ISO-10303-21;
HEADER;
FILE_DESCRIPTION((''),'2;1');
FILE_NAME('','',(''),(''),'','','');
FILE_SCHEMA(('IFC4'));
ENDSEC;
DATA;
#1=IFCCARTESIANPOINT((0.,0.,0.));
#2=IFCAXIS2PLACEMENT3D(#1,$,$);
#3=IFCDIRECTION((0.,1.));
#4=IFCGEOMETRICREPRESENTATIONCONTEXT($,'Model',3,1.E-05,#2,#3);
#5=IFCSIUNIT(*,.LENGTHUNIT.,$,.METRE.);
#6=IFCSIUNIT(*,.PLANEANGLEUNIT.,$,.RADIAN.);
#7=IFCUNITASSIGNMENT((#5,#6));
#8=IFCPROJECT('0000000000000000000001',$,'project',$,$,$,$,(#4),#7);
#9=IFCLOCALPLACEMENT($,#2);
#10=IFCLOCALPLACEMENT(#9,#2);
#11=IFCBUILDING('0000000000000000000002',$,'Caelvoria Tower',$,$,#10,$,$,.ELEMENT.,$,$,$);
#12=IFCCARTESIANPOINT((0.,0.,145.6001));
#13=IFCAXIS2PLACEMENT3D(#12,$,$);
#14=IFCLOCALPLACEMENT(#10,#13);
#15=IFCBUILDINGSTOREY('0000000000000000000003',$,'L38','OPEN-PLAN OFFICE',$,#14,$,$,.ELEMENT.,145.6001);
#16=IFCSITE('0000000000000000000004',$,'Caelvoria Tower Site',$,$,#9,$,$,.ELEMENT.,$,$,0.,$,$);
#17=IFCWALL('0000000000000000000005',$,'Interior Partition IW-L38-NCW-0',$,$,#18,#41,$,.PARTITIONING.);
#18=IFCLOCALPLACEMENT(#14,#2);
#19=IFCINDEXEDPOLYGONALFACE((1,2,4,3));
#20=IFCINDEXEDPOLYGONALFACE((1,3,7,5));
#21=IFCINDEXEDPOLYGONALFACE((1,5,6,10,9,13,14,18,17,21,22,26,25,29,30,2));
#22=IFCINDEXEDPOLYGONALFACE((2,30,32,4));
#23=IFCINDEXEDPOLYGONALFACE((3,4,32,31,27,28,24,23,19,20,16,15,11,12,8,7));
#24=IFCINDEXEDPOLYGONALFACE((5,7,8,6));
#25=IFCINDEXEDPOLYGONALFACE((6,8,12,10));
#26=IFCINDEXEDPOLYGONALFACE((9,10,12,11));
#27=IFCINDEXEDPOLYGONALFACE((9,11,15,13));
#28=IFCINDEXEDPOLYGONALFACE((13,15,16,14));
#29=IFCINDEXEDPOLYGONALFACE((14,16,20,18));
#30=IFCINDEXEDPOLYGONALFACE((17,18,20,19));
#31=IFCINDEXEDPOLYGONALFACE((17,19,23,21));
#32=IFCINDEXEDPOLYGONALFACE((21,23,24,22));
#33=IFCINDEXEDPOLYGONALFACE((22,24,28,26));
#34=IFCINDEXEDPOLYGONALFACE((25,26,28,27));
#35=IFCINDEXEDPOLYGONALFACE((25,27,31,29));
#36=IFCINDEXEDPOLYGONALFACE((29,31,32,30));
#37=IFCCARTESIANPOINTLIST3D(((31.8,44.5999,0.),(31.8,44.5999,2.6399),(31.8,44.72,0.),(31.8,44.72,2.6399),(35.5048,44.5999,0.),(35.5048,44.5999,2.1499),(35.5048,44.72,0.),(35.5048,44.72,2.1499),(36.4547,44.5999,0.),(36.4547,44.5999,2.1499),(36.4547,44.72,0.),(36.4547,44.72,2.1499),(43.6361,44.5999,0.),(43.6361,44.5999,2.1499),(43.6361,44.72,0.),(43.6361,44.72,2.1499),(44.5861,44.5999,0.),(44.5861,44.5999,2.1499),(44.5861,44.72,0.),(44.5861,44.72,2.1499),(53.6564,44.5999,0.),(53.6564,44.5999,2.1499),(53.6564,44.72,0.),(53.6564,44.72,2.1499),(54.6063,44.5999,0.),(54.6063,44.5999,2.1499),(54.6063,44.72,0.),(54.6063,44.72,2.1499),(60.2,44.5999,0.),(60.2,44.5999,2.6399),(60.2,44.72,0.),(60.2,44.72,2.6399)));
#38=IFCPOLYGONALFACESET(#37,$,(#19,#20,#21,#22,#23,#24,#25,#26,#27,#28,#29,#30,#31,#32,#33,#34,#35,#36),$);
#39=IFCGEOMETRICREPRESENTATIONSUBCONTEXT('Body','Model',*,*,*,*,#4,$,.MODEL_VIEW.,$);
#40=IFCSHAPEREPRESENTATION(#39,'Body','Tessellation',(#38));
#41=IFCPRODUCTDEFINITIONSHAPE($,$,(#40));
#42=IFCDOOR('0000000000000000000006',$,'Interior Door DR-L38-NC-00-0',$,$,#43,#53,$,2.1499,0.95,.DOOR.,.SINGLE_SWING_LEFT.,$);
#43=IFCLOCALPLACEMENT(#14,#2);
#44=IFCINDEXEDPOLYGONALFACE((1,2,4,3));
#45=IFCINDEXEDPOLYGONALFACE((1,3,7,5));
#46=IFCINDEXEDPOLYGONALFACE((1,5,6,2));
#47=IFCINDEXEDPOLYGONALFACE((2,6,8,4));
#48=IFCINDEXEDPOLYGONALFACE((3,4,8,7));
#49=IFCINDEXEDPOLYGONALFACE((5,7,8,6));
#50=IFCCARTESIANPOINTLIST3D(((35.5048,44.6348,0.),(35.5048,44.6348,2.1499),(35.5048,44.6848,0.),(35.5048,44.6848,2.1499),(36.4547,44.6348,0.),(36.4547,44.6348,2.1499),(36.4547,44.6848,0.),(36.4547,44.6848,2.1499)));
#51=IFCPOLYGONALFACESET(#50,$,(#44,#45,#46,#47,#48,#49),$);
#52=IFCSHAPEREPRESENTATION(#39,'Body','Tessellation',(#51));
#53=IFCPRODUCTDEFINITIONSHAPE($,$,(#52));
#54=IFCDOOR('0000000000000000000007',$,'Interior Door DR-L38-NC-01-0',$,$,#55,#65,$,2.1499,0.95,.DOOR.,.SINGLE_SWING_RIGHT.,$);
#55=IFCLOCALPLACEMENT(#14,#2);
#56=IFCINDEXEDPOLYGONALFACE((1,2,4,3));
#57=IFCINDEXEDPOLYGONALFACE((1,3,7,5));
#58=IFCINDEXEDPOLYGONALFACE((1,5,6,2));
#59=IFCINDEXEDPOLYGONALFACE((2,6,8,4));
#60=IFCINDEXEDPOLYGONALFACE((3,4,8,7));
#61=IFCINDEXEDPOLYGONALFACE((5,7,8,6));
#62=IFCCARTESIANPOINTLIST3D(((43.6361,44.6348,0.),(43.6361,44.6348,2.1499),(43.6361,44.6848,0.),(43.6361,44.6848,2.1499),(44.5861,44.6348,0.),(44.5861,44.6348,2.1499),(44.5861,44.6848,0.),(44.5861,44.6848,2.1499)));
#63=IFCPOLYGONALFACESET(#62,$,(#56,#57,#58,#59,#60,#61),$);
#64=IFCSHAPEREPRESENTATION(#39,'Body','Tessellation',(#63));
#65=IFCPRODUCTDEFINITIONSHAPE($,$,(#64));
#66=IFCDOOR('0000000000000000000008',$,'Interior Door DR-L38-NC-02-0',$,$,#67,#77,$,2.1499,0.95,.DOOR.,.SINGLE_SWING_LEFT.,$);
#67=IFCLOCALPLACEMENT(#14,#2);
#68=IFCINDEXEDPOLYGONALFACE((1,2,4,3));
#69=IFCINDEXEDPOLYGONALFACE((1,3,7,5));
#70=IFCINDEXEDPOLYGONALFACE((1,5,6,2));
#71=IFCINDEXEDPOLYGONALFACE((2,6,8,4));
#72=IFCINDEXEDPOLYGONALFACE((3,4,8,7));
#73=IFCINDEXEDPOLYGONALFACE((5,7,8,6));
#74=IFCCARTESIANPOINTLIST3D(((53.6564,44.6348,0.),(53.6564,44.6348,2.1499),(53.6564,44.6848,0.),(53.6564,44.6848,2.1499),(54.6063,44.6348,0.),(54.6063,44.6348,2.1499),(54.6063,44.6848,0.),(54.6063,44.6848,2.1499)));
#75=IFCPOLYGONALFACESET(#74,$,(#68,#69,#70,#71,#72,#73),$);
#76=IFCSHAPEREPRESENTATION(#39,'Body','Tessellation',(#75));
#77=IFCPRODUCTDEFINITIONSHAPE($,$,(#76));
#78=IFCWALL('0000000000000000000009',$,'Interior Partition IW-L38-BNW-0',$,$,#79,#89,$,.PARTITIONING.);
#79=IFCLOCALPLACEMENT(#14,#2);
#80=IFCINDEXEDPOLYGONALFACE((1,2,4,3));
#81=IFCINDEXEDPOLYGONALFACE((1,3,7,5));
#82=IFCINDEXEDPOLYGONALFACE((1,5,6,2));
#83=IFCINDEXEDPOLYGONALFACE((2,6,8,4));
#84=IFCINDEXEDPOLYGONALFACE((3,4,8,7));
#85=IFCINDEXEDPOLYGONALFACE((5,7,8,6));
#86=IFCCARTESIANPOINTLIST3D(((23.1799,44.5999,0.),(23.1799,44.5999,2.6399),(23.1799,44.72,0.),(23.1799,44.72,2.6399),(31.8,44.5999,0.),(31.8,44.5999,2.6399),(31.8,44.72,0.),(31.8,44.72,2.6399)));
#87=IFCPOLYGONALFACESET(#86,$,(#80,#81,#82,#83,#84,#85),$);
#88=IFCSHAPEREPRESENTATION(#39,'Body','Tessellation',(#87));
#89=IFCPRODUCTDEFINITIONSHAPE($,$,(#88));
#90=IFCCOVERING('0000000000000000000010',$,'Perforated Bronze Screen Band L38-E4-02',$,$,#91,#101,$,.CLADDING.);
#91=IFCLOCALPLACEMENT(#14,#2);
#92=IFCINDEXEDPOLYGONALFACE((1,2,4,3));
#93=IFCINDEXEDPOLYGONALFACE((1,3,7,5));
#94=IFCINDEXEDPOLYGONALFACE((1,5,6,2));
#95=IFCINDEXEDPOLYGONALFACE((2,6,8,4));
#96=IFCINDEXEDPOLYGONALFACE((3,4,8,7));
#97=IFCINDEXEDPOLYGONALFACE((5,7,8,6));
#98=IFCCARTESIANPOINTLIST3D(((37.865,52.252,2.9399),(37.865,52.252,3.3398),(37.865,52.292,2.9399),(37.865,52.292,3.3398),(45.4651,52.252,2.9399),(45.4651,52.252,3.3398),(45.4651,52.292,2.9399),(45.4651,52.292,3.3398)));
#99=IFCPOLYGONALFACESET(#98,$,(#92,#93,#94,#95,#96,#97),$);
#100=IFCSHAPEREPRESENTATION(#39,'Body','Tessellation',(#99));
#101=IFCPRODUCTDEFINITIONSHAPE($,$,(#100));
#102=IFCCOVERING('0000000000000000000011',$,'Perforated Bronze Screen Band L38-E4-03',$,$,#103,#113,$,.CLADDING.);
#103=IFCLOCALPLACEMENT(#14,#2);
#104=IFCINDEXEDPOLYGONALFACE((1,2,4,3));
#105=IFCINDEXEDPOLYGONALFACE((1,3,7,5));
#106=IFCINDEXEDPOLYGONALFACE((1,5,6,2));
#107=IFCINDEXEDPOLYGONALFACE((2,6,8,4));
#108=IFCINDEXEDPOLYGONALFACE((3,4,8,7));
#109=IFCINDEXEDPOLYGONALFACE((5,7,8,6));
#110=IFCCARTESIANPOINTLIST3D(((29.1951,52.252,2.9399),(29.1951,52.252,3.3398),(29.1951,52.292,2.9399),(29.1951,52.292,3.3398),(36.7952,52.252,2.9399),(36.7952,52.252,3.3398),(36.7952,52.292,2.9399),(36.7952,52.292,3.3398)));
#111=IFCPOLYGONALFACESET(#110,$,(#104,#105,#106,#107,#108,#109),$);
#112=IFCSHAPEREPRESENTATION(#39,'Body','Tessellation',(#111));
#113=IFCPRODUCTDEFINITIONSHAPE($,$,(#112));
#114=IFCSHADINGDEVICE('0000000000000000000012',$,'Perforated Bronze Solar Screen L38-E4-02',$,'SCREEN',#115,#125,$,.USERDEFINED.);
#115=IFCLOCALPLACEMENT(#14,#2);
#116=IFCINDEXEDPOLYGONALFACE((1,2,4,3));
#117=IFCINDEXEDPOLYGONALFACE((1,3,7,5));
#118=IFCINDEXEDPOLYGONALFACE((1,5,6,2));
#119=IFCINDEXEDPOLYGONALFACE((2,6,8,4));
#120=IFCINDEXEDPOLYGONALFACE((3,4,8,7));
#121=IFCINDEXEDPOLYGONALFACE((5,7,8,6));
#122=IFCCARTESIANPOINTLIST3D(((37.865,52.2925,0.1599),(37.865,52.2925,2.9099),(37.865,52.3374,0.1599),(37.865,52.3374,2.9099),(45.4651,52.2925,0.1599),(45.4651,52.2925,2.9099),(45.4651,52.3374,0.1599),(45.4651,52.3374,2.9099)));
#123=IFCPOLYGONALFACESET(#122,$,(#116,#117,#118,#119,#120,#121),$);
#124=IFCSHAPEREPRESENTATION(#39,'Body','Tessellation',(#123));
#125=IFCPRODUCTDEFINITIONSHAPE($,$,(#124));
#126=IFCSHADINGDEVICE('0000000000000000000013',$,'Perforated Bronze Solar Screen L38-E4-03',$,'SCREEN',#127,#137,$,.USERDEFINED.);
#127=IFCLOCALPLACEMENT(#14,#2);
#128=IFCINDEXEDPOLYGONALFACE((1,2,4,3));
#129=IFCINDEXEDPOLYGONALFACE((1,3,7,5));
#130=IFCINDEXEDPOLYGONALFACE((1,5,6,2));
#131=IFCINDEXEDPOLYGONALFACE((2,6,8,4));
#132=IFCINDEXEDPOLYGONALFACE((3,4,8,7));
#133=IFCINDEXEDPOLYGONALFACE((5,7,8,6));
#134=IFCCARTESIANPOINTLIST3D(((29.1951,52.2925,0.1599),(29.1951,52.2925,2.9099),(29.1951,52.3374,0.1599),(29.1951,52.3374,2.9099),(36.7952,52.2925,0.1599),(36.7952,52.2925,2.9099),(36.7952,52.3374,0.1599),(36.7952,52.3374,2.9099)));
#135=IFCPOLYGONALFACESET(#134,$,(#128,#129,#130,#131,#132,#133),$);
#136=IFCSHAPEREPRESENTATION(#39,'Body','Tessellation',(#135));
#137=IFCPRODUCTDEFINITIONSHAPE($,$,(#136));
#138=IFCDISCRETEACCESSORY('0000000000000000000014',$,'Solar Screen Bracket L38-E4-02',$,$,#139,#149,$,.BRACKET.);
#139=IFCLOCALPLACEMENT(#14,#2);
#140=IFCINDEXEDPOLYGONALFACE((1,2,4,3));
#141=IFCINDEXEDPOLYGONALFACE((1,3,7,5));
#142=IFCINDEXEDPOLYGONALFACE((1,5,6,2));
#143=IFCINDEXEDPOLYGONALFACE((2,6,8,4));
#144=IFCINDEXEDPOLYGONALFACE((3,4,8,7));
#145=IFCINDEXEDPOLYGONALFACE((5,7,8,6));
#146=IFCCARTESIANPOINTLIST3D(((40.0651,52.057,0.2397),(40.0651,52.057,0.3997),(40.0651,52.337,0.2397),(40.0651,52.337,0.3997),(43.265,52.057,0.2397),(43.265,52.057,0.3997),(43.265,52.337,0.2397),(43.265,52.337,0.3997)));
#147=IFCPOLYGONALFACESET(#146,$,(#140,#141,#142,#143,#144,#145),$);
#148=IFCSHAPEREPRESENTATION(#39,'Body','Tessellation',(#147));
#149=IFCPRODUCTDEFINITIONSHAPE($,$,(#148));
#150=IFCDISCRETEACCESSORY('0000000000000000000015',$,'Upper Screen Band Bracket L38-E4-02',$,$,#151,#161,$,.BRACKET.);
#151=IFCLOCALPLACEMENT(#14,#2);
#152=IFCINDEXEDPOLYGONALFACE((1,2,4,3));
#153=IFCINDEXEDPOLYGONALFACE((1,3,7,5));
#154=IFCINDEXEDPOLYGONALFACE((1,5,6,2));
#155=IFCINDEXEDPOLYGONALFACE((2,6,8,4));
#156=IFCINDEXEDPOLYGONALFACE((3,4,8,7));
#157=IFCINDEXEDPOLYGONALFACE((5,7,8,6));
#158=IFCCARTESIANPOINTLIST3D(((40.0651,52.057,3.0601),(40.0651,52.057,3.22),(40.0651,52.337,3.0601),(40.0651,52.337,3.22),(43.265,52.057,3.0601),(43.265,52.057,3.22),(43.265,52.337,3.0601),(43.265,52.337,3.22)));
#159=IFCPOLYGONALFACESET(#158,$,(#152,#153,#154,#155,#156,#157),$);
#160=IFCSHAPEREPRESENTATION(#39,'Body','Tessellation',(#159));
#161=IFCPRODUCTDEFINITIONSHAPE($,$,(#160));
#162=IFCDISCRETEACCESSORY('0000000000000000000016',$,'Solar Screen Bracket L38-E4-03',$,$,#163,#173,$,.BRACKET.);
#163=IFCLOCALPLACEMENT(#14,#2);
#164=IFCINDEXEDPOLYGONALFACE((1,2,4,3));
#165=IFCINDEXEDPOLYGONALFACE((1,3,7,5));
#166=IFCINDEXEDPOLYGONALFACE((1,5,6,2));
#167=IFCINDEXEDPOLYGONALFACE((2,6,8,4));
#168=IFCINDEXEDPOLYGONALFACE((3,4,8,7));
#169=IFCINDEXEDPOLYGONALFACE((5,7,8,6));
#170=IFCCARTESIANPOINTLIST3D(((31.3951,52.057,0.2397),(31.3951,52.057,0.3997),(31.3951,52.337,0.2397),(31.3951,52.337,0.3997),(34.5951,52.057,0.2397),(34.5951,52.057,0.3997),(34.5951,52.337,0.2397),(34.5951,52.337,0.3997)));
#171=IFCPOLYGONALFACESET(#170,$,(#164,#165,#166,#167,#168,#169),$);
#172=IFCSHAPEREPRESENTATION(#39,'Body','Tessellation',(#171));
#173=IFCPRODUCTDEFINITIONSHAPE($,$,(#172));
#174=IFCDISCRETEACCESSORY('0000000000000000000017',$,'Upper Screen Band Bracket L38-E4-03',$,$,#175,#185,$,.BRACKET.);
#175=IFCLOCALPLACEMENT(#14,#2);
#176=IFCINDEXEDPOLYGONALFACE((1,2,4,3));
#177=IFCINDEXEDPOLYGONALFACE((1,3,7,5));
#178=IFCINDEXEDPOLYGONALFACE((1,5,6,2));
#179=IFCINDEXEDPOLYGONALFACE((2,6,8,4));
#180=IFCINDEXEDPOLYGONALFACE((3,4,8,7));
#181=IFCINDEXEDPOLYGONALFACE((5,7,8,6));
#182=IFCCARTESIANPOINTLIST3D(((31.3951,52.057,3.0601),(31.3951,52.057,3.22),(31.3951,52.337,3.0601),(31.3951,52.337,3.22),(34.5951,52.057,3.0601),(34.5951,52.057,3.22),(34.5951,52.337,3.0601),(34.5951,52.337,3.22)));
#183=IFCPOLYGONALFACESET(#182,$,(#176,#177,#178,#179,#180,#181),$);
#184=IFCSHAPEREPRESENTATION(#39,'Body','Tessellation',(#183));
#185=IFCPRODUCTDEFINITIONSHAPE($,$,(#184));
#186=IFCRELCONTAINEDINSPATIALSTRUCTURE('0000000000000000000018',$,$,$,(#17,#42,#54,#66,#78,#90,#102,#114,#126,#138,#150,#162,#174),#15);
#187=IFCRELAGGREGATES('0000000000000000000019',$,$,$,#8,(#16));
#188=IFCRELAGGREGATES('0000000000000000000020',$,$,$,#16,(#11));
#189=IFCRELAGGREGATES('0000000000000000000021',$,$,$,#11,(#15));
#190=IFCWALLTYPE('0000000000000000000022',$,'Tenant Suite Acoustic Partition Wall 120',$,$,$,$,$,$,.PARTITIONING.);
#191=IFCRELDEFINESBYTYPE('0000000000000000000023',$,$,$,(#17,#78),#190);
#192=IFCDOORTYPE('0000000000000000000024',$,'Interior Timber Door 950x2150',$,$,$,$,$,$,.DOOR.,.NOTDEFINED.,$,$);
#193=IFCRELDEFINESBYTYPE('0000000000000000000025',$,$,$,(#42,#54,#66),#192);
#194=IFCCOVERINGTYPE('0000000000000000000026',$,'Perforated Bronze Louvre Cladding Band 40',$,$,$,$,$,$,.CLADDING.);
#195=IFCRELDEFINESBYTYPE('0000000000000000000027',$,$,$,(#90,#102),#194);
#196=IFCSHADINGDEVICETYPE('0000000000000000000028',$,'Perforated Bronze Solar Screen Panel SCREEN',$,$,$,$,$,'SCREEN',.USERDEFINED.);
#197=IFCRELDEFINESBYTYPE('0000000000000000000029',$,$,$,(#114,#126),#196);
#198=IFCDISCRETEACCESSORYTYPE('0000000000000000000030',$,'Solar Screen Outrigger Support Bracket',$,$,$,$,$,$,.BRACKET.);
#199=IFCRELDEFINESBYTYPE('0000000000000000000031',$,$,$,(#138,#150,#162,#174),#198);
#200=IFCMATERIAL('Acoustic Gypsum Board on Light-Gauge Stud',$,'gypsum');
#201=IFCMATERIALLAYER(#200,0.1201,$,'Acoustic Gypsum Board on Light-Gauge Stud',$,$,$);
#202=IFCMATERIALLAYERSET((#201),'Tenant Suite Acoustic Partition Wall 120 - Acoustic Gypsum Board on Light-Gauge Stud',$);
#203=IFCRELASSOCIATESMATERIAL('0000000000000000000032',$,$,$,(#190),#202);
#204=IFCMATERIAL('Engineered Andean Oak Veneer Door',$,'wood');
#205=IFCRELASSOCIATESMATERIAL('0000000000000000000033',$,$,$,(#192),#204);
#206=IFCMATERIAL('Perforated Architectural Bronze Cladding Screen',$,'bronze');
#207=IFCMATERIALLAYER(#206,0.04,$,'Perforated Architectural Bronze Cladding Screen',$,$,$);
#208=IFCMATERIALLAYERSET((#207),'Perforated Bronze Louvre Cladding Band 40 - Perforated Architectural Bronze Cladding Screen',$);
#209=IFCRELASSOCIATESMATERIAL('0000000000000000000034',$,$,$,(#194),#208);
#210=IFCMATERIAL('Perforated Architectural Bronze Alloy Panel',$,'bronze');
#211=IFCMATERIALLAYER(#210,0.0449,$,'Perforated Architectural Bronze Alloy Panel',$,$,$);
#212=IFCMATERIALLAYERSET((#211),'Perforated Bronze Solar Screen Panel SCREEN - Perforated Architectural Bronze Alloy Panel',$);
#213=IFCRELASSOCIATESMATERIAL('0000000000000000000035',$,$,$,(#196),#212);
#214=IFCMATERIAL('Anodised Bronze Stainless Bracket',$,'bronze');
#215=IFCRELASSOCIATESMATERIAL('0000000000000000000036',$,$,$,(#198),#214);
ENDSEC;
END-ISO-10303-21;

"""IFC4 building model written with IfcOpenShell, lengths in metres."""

from ifc_helpers import new_model, si_unit, direction, frame, frame_2d, origin, origin_2d, place, context, subcontext, project, spatial, rectangle, extrude, material, layer, layer_set, type_object, element, fill, save


model = new_model("IFC4")

# Units and contexts
model_context = context("Model", 3, precision=1e-05, world=origin(), true_north=direction((0.0, 1.0)))
body_context = subcontext(model_context, "Body", "Model", "MODEL_VIEW")
ifc_project = project(units=[si_unit("LENGTHUNIT", "METRE"), si_unit("PLANEANGLEUNIT", "RADIAN")], contexts=[model_context])

# Site, building, storey
site_placement = place(None, origin())
site = spatial("IfcSite", under=ifc_project, at=site_placement, Name="Caelvoria Tower Site", CompositionType="ELEMENT", RefElevation=0.0)
building_placement = place(site_placement, origin())
building = spatial("IfcBuilding", under=site, at=building_placement, Name="Caelvoria Tower", CompositionType="ELEMENT")
storey_placement = place(building_placement, frame((0.0, 0.0, 145.6001)))
storey = spatial("IfcBuildingStorey", under=building, at=storey_placement, Name="L38", Description="OPEN-PLAN OFFICE", CompositionType="ELEMENT", Elevation=145.6001)

# Shared definitions
ifc_material_1 = material(Name="Acoustic Gypsum Board on Light-Gauge Stud", Category="gypsum")
ifc_layer_1 = layer(ifc_material_1, 0.1201, Name="Acoustic Gypsum Board on Light-Gauge Stud")
ifc_layer_set_1 = layer_set([ifc_layer_1], Name="Tenant Suite Acoustic Partition Wall 120 - Acoustic Gypsum Board on Light-Gauge Stud")
wall_type = type_object("IfcWallType", Name="Tenant Suite Acoustic Partition Wall 120", PredefinedType="PARTITIONING", material=ifc_layer_set_1)
ifc_material_2 = material(Name="Engineered Andean Oak Veneer Door", Category="wood")

# Wall, openings, doors
wall_1_placement = place(storey_placement, frame((31.8, 44.6599, 0.0), z_axis=(0.0, 0.0, 1.0), x_axis=(1.0, 0.0, 0.0)))
wall_1 = element("IfcWall", 1, at=wall_1_placement, inside=storey, type_object=wall_type, Name="Interior Partition IW-L38-NCW-0", PredefinedType="PARTITIONING", context=body_context, shape_type="SweptSolid", body=[
    extrude(rectangle(XDim=28.3999, YDim=0.1201, at=frame_2d((14.2, 0.0))), origin(), (0.0, 0.0, 1.0), 2.6399),
])
opening_1_placement = place(wall_1_placement, frame((3.7046, 0.0, 0.0)))
opening_1 = element("IfcOpeningElement", 2, at=opening_1_placement, cuts=wall_1, PredefinedType="OPENING", context=body_context, shape_type="SweptSolid", body=[
    extrude(rectangle(XDim=0.95, YDim=2.1499, at=frame_2d((0.4751, 1.075))), frame((0.0, 0.0701, 0.0), z_axis=(0.0, -1.0, 0.0), x_axis=(1.0, 0.0, 0.0)), (0.0, 0.0, 1.0), 0.1401),
])
opening_2_placement = place(wall_1_placement, frame((11.8359, 0.0, 0.0)))
opening_2 = element("IfcOpeningElement", 3, at=opening_2_placement, cuts=wall_1, PredefinedType="OPENING", context=body_context, shape_type="SweptSolid", body=[
    extrude(rectangle(XDim=0.95, YDim=2.1499, at=frame_2d((0.4751, 1.075))), frame((0.0, 0.0701, 0.0), z_axis=(0.0, -1.0, 0.0), x_axis=(1.0, 0.0, 0.0)), (0.0, 0.0, 1.0), 0.1401),
])
opening_3_placement = place(wall_1_placement, frame((21.8562, 0.0, 0.0)))
opening_3 = element("IfcOpeningElement", 4, at=opening_3_placement, cuts=wall_1, PredefinedType="OPENING", context=body_context, shape_type="SweptSolid", body=[
    extrude(rectangle(XDim=0.95, YDim=2.1499, at=frame_2d((0.4751, 1.075))), frame((0.0, 0.0701, 0.0), z_axis=(0.0, -1.0, 0.0), x_axis=(1.0, 0.0, 0.0)), (0.0, 0.0, 1.0), 0.1401),
])
door_type_1 = type_object("IfcDoorType", Name="Interior Timber Door 950x2150", OperationType="NOTDEFINED", PredefinedType="DOOR", material=ifc_material_2)
door_1_placement = place(opening_1_placement, origin())
door_1 = element("IfcDoor", 5, at=door_1_placement, inside=storey, type_object=door_type_1, Name="Interior Door DR-L38-NC-00-0", OperationType="SINGLE_SWING_LEFT", OverallHeight=2.1499, OverallWidth=0.95, PredefinedType="DOOR", context=body_context, shape_type="SweptSolid", body=[
    extrude(rectangle(XDim=0.95, YDim=2.1499, at=frame_2d((0.4751, 1.075))), frame((0.0, 0.0249, 0.0), z_axis=(0.0, -1.0, 0.0), x_axis=(1.0, 0.0, 0.0)), (0.0, 0.0, 1.0), 0.05),
])
fill(opening_1, door_1)
door_2_placement = place(opening_2_placement, origin())
door_2 = element("IfcDoor", 6, at=door_2_placement, inside=storey, type_object=door_type_1, Name="Interior Door DR-L38-NC-01-0", OperationType="SINGLE_SWING_RIGHT", OverallHeight=2.1499, OverallWidth=0.95, PredefinedType="DOOR", context=body_context, shape_type="SweptSolid", body=[
    extrude(rectangle(XDim=0.95, YDim=2.1499, at=frame_2d((0.4751, 1.075))), frame((0.0, 0.0249, 0.0), z_axis=(0.0, -1.0, 0.0), x_axis=(1.0, 0.0, 0.0)), (0.0, 0.0, 1.0), 0.05),
])
fill(opening_2, door_2)
door_3_placement = place(opening_3_placement, origin())
door_3 = element("IfcDoor", 7, at=door_3_placement, inside=storey, type_object=door_type_1, Name="Interior Door DR-L38-NC-02-0", OperationType="SINGLE_SWING_LEFT", OverallHeight=2.1499, OverallWidth=0.95, PredefinedType="DOOR", context=body_context, shape_type="SweptSolid", body=[
    extrude(rectangle(XDim=0.95, YDim=2.1499, at=frame_2d((0.4751, 1.075))), frame((0.0, 0.0249, 0.0), z_axis=(0.0, -1.0, 0.0), x_axis=(1.0, 0.0, 0.0)), (0.0, 0.0, 1.0), 0.05),
])
fill(opening_3, door_3)

# Wall
wall_2_placement = place(storey_placement, frame((31.8, 44.6599, 0.0), z_axis=(0.0, 0.0, 1.0), x_axis=(-1.0, 0.0, 0.0)))
element("IfcWall", 8, at=wall_2_placement, inside=storey, type_object=wall_type, Name="Interior Partition IW-L38-BNW-0", PredefinedType="PARTITIONING", context=body_context, shape_type="SweptSolid", body=[
    extrude(rectangle(XDim=8.6201, YDim=0.1201, at=frame_2d((4.3101, 0.0))), origin(), (0.0, 0.0, 1.0), 2.6399),
])

# Coverings
ifc_material_3 = material(Name="Perforated Architectural Bronze Cladding Screen", Category="bronze")
ifc_layer_2 = layer(ifc_material_3, 0.04, Name="Perforated Architectural Bronze Cladding Screen")
ifc_layer_set_2 = layer_set([ifc_layer_2], Name="Perforated Bronze Louvre Cladding Band 40 - Perforated Architectural Bronze Cladding Screen")
covering_type = type_object("IfcCoveringType", Name="Perforated Bronze Louvre Cladding Band 40", PredefinedType="CLADDING", material=ifc_layer_set_2)
for number, where, z_axis, x_axis, name in (
    (9, (41.665, 52.272, 2.9399), (0.0, 0.0, 1.0), (-1.0, 0.0, 0.0), "Perforated Bronze Screen Band L38-E4-02"),
    (10, (32.9951, 52.272, 2.9399), (0.0, 0.0, 1.0), (-1.0, 0.0, 0.0), "Perforated Bronze Screen Band L38-E4-03"),
):
    element("IfcCovering", number, at=place(storey_placement, frame(where, z_axis=z_axis, x_axis=x_axis)), inside=storey, type_object=covering_type, Name=name, PredefinedType="CLADDING", context=body_context, shape_type="SweptSolid", body=[
        extrude(rectangle(XDim=7.6001, YDim=0.04, at=origin_2d()), origin(), (0.0, 0.0, 1.0), 0.3999),
    ])

# Shading devices
ifc_material_4 = material(Name="Perforated Architectural Bronze Alloy Panel", Category="bronze")
ifc_layer_3 = layer(ifc_material_4, 0.0449, Name="Perforated Architectural Bronze Alloy Panel")
ifc_layer_set_3 = layer_set([ifc_layer_3], Name="Perforated Bronze Solar Screen Panel SCREEN - Perforated Architectural Bronze Alloy Panel")
shading_device_type = type_object("IfcShadingDeviceType", Name="Perforated Bronze Solar Screen Panel SCREEN", ElementType="SCREEN", PredefinedType="USERDEFINED", material=ifc_layer_set_3)
for number, where, z_axis, x_axis, name in (
    (11, (41.665, 52.3149, 0.1599), (0.0, 0.0, 1.0), (-1.0, 0.0, 0.0), "Perforated Bronze Solar Screen L38-E4-02"),
    (12, (32.9951, 52.3149, 0.1599), (0.0, 0.0, 1.0), (-1.0, 0.0, 0.0), "Perforated Bronze Solar Screen L38-E4-03"),
):
    element("IfcShadingDevice", number, at=place(storey_placement, frame(where, z_axis=z_axis, x_axis=x_axis)), inside=storey, type_object=shading_device_type, Name=name, ObjectType="SCREEN", PredefinedType="USERDEFINED", context=body_context, shape_type="SweptSolid", body=[
        extrude(rectangle(XDim=7.6001, YDim=0.0449, at=origin_2d()), origin(), (0.0, 0.0, 1.0), 2.75),
    ])

# Discrete accessories
ifc_material_5 = material(Name="Anodised Bronze Stainless Bracket", Category="bronze")
discrete_accessory_type = type_object("IfcDiscreteAccessoryType", Name="Solar Screen Outrigger Support Bracket", PredefinedType="BRACKET", material=ifc_material_5)
for number, where, z_axis, x_axis, name in (
    (13, (41.665, 52.197, 0.2397), (0.0, 0.0, 1.0), (-1.0, 0.0, 0.0), "Solar Screen Bracket L38-E4-02"),
    (14, (41.665, 52.197, 3.0601), (0.0, 0.0, 1.0), (-1.0, 0.0, 0.0), "Upper Screen Band Bracket L38-E4-02"),
    (15, (32.9951, 52.197, 0.2397), (0.0, 0.0, 1.0), (-1.0, 0.0, 0.0), "Solar Screen Bracket L38-E4-03"),
    (16, (32.9951, 52.197, 3.0601), (0.0, 0.0, 1.0), (-1.0, 0.0, 0.0), "Upper Screen Band Bracket L38-E4-03"),
):
    element("IfcDiscreteAccessory", number, at=place(storey_placement, frame(where, z_axis=z_axis, x_axis=x_axis)), inside=storey, type_object=discrete_accessory_type, Name=name, PredefinedType="BRACKET", context=body_context, shape_type="SweptSolid", body=[
        extrude(rectangle(XDim=3.2, YDim=0.28, at=origin_2d()), origin(), (0.0, 0.0, 1.0), 0.1599),
    ])

save(model, "model.ifc")
